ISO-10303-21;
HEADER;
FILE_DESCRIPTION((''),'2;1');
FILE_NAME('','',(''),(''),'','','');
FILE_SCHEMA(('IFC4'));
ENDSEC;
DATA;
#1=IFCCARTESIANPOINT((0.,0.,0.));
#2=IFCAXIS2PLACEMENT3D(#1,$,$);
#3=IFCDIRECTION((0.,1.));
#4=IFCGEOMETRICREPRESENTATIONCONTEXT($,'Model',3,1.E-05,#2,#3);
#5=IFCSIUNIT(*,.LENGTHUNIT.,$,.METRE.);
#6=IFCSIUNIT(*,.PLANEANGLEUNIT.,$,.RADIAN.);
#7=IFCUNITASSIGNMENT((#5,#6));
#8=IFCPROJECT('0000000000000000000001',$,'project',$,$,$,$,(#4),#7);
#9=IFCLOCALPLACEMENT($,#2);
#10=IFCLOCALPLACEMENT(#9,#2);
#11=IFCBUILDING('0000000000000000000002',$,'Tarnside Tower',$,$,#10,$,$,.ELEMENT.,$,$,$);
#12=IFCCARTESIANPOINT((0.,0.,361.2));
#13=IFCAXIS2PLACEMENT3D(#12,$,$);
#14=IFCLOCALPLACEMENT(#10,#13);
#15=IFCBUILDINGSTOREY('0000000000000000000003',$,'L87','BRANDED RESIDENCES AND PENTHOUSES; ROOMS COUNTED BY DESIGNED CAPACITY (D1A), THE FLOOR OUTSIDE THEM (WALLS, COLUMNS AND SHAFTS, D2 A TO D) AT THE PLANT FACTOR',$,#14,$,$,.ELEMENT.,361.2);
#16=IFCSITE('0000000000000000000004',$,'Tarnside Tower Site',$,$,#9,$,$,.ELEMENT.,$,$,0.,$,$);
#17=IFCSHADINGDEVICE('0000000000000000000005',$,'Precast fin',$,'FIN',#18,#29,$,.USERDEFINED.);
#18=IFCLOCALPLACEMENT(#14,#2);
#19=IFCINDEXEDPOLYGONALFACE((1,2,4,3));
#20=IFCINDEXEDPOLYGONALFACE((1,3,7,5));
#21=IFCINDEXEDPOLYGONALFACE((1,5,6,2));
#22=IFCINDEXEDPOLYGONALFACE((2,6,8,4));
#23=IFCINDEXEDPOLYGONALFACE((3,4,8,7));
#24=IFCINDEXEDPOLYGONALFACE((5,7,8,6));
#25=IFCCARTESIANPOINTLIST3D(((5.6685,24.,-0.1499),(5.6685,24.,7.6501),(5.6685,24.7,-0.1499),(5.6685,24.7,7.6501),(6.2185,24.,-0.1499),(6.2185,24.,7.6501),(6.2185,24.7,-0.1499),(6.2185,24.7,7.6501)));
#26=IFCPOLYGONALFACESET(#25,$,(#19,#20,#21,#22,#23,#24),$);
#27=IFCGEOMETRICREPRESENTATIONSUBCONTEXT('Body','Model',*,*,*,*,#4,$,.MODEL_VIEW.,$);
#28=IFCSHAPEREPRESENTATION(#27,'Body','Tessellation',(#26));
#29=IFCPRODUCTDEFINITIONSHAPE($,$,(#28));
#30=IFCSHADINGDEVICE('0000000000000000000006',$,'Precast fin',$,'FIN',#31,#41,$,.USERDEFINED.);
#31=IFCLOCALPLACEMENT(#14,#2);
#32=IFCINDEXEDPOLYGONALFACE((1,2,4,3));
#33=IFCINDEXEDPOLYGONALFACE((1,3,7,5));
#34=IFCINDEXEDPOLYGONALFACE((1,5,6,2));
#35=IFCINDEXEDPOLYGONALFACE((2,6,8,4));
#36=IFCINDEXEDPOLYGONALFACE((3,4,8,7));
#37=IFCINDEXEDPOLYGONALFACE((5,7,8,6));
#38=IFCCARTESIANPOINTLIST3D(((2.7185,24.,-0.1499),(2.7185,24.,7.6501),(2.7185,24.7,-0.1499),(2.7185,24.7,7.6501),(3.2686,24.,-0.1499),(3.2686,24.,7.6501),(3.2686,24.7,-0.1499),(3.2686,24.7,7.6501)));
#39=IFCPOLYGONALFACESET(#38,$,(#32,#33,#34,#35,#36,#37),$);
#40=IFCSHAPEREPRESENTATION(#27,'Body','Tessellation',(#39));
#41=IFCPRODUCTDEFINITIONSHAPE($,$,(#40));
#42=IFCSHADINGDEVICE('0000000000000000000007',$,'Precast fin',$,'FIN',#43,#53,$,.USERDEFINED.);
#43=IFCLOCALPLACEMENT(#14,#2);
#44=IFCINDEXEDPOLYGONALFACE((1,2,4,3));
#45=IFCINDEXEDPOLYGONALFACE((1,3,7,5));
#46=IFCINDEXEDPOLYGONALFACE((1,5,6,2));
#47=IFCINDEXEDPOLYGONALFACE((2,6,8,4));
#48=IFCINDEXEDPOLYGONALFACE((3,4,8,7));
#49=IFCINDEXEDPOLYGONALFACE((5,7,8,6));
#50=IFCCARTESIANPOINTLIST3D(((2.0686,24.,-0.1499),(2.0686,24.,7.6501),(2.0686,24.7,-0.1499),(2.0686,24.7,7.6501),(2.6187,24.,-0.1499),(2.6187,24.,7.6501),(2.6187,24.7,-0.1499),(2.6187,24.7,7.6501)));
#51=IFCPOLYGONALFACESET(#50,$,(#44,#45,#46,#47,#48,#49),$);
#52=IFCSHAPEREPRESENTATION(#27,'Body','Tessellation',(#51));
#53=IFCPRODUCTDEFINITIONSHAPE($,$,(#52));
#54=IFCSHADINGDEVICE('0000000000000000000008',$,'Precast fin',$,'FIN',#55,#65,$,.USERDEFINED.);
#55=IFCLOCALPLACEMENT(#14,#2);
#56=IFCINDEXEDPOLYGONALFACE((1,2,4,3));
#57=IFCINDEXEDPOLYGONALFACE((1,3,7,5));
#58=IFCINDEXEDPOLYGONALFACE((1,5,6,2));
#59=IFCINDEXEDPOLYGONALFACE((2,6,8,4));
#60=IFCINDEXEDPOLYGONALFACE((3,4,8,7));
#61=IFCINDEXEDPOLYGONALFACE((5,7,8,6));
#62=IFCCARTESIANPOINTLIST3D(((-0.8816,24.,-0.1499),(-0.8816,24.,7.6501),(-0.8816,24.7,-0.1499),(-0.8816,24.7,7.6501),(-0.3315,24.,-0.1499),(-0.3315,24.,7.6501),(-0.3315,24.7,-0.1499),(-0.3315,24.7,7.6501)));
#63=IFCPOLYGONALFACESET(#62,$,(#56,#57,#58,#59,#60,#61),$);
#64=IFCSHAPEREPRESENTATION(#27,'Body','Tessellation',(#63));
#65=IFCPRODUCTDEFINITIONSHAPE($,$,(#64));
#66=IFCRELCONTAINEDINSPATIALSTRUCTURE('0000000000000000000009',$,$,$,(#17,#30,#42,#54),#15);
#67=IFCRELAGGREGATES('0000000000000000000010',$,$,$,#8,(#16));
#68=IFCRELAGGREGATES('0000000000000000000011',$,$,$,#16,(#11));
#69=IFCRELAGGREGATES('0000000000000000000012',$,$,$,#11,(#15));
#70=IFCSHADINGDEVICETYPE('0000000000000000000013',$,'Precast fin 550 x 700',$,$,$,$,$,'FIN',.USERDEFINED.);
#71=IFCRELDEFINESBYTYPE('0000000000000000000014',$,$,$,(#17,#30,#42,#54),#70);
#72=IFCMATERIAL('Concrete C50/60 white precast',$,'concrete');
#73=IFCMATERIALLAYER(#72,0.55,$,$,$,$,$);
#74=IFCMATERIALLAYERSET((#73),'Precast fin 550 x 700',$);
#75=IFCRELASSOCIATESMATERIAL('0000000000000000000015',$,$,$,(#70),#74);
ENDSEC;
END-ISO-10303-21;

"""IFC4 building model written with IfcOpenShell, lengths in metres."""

from ifc_helpers import new_model, si_unit, direction, frame, origin, place, context, subcontext, project, spatial, polyline, outline, extrude, material, layer, layer_set, type_object, element, save


model = new_model("IFC4")

# Units and contexts
model_context = context("Model", 3, precision=1e-05, world=origin(), true_north=direction((0.0, 1.0)))
body_context = subcontext(model_context, "Body", "Model", "MODEL_VIEW")
ifc_project = project(units=[si_unit("LENGTHUNIT", "METRE"), si_unit("PLANEANGLEUNIT", "RADIAN")], contexts=[model_context])

# Site, building, storey
site_placement = place(None, origin())
site = spatial("IfcSite", under=ifc_project, at=site_placement, Name="Tarnside Tower Site", CompositionType="ELEMENT", RefElevation=0.0)
building_placement = place(site_placement, origin())
building = spatial("IfcBuilding", under=site, at=building_placement, Name="Tarnside Tower", CompositionType="ELEMENT")
storey_placement = place(building_placement, frame((0.0, 0.0, 361.2)))
storey = spatial("IfcBuildingStorey", under=building, at=storey_placement, Name="L87", Description="BRANDED RESIDENCES AND PENTHOUSES; ROOMS COUNTED BY DESIGNED CAPACITY (D1A), THE FLOOR OUTSIDE THEM (WALLS, COLUMNS AND SHAFTS, D2 A TO D) AT THE PLANT FACTOR", CompositionType="ELEMENT", Elevation=361.2)

# Shading devices
ifc_material_1 = material(Name="Concrete C50/60 white precast", Category="concrete")
ifc_layer_1 = layer(ifc_material_1, 0.55)
ifc_layer_set_1 = layer_set([ifc_layer_1], Name="Precast fin 550 x 700")
shading_device_type = type_object("IfcShadingDeviceType", Name="Precast fin 550 x 700", ElementType="FIN", PredefinedType="USERDEFINED", material=ifc_layer_set_1)
for number, where, z_axis, x_axis, name in (
    (1, (5.9434, 24.0, -0.1499), (1.0, 0.0, 0.0), (0.0, 1.0, 0.0), "Precast fin"),
    (2, (2.9934, 24.0, -0.1499), (1.0, 0.0, 0.0), (0.0, 1.0, 0.0), "Precast fin"),
    (3, (2.3435, 24.0, -0.1499), (1.0, 0.0, 0.0), (0.0, 1.0, 0.0), "Precast fin"),
    (4, (-0.6067, 24.0, -0.1499), (1.0, 0.0, 0.0), (0.0, 1.0, 0.0), "Precast fin"),
):
    element("IfcShadingDevice", number, at=place(storey_placement, frame(where, z_axis=z_axis, x_axis=x_axis)), inside=storey, type_object=shading_device_type, Name=name, ObjectType="FIN", PredefinedType="USERDEFINED", context=body_context, shape_type="SweptSolid", body=[
        extrude(outline(polyline([(0.0, 0.0), (0.7, 0.0), (0.7, 7.8), (0.0, 7.8), (0.0, 0.0)])), frame((0.0, 0.0, -0.2749)), (0.0, 0.0, 1.0), 0.55),
    ])

save(model, "model.ifc")
